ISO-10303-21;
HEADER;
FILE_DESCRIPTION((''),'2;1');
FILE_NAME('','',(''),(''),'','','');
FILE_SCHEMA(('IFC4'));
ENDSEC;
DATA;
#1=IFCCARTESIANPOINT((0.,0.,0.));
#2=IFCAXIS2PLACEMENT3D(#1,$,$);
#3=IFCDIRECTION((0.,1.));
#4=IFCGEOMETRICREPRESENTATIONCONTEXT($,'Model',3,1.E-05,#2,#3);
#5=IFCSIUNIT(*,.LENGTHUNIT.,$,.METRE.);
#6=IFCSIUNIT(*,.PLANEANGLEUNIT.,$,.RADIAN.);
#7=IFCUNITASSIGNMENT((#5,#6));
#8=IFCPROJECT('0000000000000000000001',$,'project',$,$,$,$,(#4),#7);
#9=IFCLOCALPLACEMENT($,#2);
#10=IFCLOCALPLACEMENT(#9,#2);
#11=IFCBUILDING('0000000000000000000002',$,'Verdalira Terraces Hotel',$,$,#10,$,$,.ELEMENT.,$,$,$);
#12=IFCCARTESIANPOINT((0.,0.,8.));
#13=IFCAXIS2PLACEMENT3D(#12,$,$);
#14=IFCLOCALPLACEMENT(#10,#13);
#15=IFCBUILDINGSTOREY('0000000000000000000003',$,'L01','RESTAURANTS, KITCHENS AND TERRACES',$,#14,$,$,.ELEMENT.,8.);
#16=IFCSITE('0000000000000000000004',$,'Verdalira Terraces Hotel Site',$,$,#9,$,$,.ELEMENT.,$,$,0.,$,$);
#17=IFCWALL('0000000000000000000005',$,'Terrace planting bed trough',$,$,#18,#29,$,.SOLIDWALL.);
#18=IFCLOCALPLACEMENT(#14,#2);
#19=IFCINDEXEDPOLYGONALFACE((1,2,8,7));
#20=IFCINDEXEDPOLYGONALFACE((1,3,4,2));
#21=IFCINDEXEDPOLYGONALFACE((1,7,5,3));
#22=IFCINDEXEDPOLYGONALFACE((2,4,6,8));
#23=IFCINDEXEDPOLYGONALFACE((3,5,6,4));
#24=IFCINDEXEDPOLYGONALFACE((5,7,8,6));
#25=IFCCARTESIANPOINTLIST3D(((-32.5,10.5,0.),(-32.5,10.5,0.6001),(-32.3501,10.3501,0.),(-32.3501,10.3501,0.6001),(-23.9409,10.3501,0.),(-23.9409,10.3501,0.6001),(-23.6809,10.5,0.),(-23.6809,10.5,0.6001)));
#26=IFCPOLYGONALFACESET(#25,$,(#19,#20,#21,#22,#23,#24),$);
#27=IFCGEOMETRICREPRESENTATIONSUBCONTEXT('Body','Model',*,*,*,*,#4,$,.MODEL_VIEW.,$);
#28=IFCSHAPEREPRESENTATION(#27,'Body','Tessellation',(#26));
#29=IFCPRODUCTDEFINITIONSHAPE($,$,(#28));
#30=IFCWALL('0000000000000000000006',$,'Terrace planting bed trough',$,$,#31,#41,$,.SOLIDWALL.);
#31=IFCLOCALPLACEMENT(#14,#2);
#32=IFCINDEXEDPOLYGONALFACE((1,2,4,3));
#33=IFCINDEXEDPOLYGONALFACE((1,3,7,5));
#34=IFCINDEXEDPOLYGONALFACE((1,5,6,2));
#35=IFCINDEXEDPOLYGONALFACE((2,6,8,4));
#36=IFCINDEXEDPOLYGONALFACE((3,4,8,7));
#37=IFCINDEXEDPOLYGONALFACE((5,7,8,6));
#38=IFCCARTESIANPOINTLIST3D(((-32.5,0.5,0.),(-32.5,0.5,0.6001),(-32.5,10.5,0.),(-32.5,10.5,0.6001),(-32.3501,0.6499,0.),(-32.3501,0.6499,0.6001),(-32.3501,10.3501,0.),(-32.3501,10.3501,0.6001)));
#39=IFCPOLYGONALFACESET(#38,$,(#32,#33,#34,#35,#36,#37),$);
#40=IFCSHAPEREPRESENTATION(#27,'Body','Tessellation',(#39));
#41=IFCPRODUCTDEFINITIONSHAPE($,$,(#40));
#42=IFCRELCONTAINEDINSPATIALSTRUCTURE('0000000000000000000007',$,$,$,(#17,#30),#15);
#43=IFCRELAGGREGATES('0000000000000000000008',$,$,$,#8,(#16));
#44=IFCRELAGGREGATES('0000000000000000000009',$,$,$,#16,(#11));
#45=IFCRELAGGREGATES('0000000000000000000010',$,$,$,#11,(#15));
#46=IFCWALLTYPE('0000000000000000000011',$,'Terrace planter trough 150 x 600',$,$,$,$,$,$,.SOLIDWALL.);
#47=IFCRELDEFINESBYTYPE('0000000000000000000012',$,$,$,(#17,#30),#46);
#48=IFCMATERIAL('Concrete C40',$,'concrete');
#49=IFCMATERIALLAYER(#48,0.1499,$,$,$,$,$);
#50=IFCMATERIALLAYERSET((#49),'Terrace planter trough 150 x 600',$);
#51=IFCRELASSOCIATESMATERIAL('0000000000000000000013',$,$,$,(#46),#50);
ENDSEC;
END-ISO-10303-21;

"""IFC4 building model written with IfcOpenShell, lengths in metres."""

from ifc_helpers import new_model, si_unit, direction, frame, origin, place, context, subcontext, project, spatial, polyline, outline, extrude, material, layer, layer_set, type_object, element, save


model = new_model("IFC4")

# Units and contexts
model_context = context("Model", 3, precision=1e-05, world=origin(), true_north=direction((0.0, 1.0)))
body_context = subcontext(model_context, "Body", "Model", "MODEL_VIEW")
ifc_project = project(units=[si_unit("LENGTHUNIT", "METRE"), si_unit("PLANEANGLEUNIT", "RADIAN")], contexts=[model_context])

# Site, building, storey
site_placement = place(None, origin())
site = spatial("IfcSite", under=ifc_project, at=site_placement, Name="Verdalira Terraces Hotel Site", CompositionType="ELEMENT", RefElevation=0.0)
building_placement = place(site_placement, origin())
building = spatial("IfcBuilding", under=site, at=building_placement, Name="Verdalira Terraces Hotel", CompositionType="ELEMENT")
storey_placement = place(building_placement, frame((0.0, 0.0, 8.0)))
storey = spatial("IfcBuildingStorey", under=building, at=storey_placement, Name="L01", Description="RESTAURANTS, KITCHENS AND TERRACES", CompositionType="ELEMENT", Elevation=8.0)

# Walls
ifc_material = material(Name="Concrete C40", Category="concrete")
ifc_layer = layer(ifc_material, 0.1499)
ifc_layer_set = layer_set([ifc_layer], Name="Terrace planter trough 150 x 600")
wall_type = type_object("IfcWallType", Name="Terrace planter trough 150 x 600", PredefinedType="SOLIDWALL", material=ifc_layer_set)
wall_1_placement = place(storey_placement, origin())
element("IfcWall", 1, at=wall_1_placement, inside=storey, type_object=wall_type, Name="Terrace planting bed trough", PredefinedType="SOLIDWALL", context=body_context, shape_type="SweptSolid", body=[
    extrude(outline(polyline([(-23.6809, 10.5), (-32.5, 10.5), (-32.3501, 10.3501), (-23.9409, 10.3501), (-23.6809, 10.5)])), origin(), (0.0, 0.0, 1.0), 0.6001),
])
wall_2_placement = place(storey_placement, origin())
element("IfcWall", 2, at=wall_2_placement, inside=storey, type_object=wall_type, Name="Terrace planting bed trough", PredefinedType="SOLIDWALL", context=body_context, shape_type="SweptSolid", body=[
    extrude(outline(polyline([(-32.5, 10.5), (-32.5, 0.5), (-32.3501, 0.6499), (-32.3501, 10.3501), (-32.5, 10.5)])), origin(), (0.0, 0.0, 1.0), 0.6001),
])

save(model, "model.ifc")
